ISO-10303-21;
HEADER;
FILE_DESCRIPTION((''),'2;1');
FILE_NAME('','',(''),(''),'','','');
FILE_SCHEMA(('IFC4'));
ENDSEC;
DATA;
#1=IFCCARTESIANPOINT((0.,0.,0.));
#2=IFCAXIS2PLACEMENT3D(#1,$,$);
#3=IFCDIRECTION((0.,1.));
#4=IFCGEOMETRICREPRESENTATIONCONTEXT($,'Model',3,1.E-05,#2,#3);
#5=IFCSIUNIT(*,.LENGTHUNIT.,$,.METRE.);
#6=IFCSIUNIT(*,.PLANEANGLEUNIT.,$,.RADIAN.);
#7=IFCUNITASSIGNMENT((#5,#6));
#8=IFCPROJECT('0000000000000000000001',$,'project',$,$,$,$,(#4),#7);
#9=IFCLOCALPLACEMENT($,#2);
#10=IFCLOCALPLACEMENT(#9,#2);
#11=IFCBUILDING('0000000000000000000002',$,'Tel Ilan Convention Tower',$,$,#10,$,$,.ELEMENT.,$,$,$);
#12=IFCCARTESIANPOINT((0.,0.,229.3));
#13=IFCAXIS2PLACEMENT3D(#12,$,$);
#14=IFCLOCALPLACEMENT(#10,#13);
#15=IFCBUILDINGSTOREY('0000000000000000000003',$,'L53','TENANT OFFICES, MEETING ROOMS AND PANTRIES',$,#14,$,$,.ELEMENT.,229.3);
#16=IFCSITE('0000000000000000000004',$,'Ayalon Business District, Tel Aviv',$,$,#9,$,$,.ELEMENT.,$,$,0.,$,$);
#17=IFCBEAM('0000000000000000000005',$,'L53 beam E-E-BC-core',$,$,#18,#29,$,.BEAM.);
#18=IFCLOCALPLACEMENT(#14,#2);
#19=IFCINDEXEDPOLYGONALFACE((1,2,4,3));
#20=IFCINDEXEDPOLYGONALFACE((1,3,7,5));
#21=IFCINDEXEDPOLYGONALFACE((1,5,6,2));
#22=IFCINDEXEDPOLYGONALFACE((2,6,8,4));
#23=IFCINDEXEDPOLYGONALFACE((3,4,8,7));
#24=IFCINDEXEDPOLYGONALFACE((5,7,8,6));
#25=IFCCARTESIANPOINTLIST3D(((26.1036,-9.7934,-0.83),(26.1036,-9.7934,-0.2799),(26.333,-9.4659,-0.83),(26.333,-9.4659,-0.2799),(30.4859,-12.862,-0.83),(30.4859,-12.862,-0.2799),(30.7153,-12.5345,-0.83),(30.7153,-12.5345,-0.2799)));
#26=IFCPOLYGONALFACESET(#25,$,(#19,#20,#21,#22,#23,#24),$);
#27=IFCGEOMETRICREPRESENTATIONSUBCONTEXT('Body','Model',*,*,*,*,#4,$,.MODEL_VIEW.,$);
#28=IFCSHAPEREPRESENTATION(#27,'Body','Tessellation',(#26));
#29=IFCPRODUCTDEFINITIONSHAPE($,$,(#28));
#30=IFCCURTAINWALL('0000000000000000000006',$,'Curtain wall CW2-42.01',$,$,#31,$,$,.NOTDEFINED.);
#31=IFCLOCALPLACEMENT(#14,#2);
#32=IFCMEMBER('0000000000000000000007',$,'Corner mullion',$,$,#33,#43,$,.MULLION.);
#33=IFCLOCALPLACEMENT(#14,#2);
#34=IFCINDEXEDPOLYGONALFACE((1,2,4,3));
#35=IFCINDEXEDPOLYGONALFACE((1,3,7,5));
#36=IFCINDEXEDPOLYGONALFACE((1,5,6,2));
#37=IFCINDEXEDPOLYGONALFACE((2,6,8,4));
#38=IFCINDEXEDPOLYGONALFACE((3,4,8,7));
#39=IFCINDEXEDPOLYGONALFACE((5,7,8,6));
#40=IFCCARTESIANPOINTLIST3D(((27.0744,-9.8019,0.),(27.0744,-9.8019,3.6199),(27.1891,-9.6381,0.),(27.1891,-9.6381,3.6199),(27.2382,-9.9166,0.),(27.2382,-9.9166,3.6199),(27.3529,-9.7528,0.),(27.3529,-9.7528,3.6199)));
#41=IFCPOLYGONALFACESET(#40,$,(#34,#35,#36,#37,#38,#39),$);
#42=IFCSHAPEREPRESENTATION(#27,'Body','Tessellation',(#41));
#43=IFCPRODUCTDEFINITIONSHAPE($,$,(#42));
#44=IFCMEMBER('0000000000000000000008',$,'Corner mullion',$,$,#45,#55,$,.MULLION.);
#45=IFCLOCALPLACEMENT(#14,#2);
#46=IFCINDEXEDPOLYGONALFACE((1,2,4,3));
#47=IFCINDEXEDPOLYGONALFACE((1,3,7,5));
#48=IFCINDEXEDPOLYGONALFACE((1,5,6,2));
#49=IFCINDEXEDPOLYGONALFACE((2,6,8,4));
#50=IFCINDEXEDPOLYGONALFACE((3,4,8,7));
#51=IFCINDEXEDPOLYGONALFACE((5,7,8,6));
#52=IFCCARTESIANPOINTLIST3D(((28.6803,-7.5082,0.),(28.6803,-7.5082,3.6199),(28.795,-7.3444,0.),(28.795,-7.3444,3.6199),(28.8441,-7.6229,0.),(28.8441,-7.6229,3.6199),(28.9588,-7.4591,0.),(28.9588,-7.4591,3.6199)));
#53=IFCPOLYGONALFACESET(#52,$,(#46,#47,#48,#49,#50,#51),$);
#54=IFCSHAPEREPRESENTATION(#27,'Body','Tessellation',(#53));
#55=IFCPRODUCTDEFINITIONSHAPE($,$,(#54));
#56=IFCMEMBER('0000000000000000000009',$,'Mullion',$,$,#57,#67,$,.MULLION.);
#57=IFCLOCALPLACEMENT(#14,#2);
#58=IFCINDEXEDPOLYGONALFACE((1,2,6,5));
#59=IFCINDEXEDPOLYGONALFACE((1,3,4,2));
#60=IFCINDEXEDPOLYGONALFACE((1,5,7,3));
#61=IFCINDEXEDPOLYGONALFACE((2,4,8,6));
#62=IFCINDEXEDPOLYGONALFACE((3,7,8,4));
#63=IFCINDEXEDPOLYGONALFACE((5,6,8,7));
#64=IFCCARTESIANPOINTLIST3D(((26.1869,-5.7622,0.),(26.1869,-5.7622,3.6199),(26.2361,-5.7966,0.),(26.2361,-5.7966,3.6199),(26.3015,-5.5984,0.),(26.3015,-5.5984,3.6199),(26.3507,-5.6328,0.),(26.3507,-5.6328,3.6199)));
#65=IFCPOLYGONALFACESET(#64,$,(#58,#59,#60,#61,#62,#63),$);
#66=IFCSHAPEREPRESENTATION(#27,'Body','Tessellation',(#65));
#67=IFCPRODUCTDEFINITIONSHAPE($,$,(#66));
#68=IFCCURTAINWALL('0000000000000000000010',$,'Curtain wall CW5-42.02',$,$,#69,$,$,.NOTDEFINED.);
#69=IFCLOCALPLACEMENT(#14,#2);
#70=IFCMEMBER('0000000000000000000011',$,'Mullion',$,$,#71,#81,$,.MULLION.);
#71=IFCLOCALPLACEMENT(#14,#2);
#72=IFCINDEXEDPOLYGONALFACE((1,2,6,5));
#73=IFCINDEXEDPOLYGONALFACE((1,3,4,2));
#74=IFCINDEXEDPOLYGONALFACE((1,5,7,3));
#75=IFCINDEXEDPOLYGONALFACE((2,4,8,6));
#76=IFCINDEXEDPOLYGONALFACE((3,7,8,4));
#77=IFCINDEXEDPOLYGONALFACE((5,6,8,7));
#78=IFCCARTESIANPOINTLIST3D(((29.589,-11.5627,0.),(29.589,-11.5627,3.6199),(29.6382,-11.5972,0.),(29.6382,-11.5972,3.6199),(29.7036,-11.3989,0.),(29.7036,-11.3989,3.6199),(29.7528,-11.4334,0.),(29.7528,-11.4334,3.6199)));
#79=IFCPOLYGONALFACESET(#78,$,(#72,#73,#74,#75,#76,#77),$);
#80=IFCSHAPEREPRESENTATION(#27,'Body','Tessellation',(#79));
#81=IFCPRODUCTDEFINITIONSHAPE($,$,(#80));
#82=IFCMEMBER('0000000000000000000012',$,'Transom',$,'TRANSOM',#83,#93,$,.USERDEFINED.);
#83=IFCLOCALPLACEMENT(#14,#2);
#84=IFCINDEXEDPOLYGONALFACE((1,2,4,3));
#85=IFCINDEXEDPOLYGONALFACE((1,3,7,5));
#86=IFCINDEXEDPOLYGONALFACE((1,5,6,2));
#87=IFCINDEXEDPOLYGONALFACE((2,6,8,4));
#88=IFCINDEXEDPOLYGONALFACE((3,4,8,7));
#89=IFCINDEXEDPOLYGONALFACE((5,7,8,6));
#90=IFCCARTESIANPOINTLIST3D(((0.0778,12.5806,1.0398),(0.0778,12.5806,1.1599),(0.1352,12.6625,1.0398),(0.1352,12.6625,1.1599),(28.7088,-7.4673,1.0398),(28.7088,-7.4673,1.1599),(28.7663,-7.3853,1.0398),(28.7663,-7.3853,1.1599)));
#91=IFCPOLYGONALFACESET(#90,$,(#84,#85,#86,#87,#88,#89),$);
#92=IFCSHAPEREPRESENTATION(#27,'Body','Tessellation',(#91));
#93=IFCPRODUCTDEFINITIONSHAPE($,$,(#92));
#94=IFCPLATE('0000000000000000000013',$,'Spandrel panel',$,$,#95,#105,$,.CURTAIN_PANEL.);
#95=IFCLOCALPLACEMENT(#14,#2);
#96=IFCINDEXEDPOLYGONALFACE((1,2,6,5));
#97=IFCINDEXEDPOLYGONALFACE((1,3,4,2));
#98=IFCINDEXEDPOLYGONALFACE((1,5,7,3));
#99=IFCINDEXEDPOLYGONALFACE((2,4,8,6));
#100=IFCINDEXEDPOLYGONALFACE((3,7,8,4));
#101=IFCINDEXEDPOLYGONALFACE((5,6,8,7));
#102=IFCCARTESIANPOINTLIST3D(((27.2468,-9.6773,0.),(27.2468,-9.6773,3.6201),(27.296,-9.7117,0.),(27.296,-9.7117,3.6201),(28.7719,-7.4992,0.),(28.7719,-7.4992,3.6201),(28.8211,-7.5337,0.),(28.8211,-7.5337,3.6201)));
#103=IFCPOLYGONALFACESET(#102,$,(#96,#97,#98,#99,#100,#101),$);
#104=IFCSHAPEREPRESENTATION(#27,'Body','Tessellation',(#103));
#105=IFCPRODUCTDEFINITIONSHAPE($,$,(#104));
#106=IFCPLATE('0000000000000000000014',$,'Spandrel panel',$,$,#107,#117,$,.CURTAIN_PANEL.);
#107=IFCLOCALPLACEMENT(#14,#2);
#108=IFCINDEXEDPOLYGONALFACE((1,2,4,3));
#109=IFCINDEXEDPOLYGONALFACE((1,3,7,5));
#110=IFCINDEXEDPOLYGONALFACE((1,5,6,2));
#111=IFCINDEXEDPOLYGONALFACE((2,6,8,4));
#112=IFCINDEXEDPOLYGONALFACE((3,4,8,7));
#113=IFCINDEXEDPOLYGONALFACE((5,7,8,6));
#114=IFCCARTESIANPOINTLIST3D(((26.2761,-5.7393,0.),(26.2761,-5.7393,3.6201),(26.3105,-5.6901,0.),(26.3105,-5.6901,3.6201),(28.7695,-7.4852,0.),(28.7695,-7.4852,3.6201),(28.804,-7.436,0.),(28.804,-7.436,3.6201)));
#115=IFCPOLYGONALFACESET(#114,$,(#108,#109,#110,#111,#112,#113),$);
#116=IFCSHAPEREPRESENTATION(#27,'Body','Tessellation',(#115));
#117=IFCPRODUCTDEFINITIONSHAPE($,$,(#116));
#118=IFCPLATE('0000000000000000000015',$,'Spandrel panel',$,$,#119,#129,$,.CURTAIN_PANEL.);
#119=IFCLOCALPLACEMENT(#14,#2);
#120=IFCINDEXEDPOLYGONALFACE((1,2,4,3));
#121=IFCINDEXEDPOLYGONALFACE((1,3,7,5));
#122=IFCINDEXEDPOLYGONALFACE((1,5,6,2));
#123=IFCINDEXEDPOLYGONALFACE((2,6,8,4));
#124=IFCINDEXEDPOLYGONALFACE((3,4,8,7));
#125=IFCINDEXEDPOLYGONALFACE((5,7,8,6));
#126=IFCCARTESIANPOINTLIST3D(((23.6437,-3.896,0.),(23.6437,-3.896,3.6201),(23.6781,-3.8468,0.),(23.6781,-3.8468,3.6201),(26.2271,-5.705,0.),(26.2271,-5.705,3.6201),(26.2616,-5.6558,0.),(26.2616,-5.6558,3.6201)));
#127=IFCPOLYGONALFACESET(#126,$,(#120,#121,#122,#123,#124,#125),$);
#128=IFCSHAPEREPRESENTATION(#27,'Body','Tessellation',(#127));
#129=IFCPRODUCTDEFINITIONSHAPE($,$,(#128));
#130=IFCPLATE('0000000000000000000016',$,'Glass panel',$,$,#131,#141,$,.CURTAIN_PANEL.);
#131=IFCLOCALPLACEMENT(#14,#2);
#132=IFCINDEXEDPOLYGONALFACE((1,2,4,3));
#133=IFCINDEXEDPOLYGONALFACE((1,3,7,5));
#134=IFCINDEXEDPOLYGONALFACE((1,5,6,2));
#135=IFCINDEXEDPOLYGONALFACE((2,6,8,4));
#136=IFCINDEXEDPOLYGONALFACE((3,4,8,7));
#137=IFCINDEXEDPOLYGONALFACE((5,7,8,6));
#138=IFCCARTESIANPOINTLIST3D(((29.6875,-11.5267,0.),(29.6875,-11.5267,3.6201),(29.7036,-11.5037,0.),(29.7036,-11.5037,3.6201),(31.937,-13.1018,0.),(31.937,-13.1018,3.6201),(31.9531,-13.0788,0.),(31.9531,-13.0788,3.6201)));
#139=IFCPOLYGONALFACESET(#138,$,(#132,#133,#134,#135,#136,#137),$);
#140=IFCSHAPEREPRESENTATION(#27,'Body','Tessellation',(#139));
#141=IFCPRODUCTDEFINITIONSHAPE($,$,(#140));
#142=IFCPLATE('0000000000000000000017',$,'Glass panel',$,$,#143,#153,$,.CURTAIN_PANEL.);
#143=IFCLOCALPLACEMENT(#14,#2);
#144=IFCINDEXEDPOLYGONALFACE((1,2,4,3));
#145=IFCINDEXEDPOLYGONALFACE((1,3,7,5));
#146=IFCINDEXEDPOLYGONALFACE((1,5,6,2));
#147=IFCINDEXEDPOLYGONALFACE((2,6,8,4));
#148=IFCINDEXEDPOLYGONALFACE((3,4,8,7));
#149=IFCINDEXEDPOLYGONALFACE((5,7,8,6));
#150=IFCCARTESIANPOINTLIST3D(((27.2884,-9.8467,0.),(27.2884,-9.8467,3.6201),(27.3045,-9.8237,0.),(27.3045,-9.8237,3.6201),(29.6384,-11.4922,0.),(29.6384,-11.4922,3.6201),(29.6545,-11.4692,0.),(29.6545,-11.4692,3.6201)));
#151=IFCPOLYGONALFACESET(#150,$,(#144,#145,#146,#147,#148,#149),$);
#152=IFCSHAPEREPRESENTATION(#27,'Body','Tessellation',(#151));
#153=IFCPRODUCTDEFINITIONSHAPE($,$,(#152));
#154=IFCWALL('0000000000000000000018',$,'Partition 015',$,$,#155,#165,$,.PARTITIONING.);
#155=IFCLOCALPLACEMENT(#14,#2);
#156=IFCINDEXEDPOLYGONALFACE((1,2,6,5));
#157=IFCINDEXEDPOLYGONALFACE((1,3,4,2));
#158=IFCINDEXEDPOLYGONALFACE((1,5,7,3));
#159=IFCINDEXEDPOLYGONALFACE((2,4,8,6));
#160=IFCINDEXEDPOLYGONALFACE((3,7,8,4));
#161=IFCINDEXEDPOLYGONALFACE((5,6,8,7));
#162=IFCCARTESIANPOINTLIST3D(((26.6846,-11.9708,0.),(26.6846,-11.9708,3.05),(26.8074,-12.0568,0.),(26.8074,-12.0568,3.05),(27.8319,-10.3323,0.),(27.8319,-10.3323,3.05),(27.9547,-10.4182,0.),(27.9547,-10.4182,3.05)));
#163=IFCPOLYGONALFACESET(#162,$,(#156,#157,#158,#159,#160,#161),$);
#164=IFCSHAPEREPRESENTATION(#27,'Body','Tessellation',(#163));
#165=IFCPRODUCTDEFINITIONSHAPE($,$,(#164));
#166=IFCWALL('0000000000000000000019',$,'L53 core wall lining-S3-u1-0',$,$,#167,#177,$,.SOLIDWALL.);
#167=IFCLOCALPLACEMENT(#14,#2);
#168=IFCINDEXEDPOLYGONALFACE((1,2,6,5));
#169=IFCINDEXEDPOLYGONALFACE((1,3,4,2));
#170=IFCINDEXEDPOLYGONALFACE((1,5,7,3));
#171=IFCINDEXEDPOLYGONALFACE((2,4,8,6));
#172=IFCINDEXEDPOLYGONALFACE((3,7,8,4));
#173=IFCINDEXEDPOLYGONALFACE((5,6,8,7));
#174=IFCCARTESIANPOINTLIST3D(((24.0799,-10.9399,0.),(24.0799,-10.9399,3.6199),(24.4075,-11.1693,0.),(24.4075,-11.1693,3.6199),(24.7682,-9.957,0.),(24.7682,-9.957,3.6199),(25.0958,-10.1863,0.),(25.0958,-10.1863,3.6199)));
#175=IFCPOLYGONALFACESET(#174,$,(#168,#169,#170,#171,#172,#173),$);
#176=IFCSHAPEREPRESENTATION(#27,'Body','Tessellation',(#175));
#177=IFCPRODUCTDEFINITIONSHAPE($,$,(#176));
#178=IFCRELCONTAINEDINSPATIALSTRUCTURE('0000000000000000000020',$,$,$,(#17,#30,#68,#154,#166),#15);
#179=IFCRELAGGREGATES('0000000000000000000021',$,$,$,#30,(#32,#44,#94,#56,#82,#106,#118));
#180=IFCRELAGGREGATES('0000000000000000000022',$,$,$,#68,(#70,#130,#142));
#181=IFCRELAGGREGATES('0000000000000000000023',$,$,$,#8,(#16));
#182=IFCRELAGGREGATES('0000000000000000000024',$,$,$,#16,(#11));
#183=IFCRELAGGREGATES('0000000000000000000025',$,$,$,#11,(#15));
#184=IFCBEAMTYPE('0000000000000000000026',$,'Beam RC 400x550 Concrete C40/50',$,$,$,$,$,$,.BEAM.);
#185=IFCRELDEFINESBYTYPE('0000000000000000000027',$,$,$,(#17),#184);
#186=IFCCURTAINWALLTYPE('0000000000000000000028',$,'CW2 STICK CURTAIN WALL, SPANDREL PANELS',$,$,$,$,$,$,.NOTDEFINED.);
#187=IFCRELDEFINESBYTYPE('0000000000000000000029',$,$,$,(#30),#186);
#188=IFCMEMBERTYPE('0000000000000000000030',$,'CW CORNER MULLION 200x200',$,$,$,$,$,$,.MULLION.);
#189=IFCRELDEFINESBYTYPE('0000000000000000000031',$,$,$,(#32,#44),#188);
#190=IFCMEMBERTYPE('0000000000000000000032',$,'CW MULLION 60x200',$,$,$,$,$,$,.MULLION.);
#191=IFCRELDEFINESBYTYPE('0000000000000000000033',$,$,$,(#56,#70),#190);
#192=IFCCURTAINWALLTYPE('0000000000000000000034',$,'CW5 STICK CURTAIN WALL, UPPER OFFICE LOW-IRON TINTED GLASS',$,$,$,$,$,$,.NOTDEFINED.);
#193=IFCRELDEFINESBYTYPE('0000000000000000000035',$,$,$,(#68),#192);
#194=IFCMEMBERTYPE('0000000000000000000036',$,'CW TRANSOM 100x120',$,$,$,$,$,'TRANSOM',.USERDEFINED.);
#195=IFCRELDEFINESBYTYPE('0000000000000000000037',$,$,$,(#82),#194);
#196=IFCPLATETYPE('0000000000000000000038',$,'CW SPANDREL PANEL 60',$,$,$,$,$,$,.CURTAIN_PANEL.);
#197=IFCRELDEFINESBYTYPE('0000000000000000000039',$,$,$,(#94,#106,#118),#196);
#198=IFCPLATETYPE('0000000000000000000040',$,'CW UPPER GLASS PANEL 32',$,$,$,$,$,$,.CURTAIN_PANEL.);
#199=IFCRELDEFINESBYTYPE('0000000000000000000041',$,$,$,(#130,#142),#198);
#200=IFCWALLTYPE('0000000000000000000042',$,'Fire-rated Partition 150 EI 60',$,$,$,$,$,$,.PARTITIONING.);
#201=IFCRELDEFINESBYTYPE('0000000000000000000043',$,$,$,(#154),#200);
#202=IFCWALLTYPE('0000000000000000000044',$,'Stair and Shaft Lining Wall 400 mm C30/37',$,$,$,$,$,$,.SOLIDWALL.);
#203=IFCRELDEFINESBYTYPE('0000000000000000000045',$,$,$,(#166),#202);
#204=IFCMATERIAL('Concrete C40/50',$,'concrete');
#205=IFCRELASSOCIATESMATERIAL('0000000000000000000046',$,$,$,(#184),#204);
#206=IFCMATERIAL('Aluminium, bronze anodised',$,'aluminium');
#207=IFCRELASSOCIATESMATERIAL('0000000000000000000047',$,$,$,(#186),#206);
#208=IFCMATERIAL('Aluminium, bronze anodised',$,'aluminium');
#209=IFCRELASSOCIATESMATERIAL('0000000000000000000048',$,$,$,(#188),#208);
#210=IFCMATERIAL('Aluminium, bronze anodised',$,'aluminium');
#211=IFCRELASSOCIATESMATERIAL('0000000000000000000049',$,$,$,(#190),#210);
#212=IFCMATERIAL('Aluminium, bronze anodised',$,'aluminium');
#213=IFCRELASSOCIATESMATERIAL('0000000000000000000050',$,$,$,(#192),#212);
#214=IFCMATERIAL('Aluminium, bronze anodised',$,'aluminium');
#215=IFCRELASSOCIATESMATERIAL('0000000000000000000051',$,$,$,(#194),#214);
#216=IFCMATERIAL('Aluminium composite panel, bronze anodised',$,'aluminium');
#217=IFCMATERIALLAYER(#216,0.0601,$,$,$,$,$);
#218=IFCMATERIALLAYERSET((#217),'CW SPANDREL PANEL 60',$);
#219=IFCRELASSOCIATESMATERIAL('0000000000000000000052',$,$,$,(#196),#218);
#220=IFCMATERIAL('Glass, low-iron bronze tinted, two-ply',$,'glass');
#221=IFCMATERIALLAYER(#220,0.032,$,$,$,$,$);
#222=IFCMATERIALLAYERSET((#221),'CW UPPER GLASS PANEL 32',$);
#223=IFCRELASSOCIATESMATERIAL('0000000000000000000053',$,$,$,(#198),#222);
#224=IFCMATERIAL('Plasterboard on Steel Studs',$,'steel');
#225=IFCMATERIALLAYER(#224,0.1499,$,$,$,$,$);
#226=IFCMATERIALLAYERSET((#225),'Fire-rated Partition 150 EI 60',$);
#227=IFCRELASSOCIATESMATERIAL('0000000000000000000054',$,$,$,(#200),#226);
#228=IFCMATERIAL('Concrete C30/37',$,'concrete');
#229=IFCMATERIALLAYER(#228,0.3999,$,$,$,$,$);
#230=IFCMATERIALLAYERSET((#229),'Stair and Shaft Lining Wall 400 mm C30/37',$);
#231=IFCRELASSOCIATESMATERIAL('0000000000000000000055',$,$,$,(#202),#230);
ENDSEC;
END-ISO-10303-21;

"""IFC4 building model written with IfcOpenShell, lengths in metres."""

from ifc_helpers import new_model, si_unit, direction, frame, frame_2d, origin, origin_2d, place, context, subcontext, project, spatial, rectangle, extrude, material, layer, layer_set, material_profile, profile_set, type_object, element, aggregate, save


model = new_model("IFC4")

# Units and contexts
model_context = context("Model", 3, precision=1e-05, world=origin(), true_north=direction((0.0, 1.0)))
body_context = subcontext(model_context, "Body", "Model", "MODEL_VIEW")
ifc_project = project(units=[si_unit("LENGTHUNIT", "METRE"), si_unit("PLANEANGLEUNIT", "RADIAN")], contexts=[model_context])

# Site, building, storey
site_placement = place(None, origin())
site = spatial("IfcSite", under=ifc_project, at=site_placement, Name="Ayalon Business District, Tel Aviv", CompositionType="ELEMENT", RefElevation=0.0)
building_placement = place(site_placement, origin())
building = spatial("IfcBuilding", under=site, at=building_placement, Name="Tel Ilan Convention Tower", CompositionType="ELEMENT")
storey_placement = place(building_placement, frame((0.0, 0.0, 229.3)))
storey = spatial("IfcBuildingStorey", under=building, at=storey_placement, Name="L53", Description="TENANT OFFICES, MEETING ROOMS AND PANTRIES", CompositionType="ELEMENT", Elevation=229.3)

# Beam
ifc_material_1 = material(Name="Concrete C40/50", Category="concrete")
ifc_material_profile_1 = material_profile(ifc_material_1, rectangle(XDim=0.3999, YDim=0.55, at=origin_2d()), Name="RC 400x550")
ifc_profile_set_1 = profile_set([ifc_material_profile_1], Name="Concrete C40/50")
beam_type = type_object("IfcBeamType", Name="Beam RC 400x550 Concrete C40/50", PredefinedType="BEAM", material=ifc_profile_set_1)
beam_placement = place(storey_placement, frame((30.6006, -12.6982, -0.5549), z_axis=(-0.819146, 0.573585, 0.0), x_axis=(-0.573585, -0.819146, 0.0)))
element("IfcBeam", 1, at=beam_placement, inside=storey, type_object=beam_type, Name="L53 beam E-E-BC-core", PredefinedType="BEAM", context=body_context, shape_type="SweptSolid", body=[
    extrude(rectangle(XDim=0.3999, YDim=0.55, at=origin_2d()), origin(), (0.0, 0.0, 1.0), 5.3499),
])

# Curtain wall, members
ifc_material_2 = material(Name="Aluminium, bronze anodised", Category="aluminium")
curtain_wall_type_1 = type_object("IfcCurtainWallType", Name="CW2 STICK CURTAIN WALL, SPANDREL PANELS", PredefinedType="NOTDEFINED", material=ifc_material_2)
curtain_wall_1_placement = place(storey_placement, origin())
curtain_wall_1 = element("IfcCurtainWall", 2, at=curtain_wall_1_placement, inside=storey, type_object=curtain_wall_type_1, Name="Curtain wall CW2-42.01", PredefinedType="NOTDEFINED")
ifc_material_3 = material(Name="Aluminium, bronze anodised", Category="aluminium")
ifc_material_profile_2 = material_profile(ifc_material_3, rectangle(XDim=0.2, YDim=0.2, at=origin_2d()), Name="CW CORNER MULLION 200x200")
ifc_profile_set_2 = profile_set([ifc_material_profile_2], Name="Aluminium, bronze anodised")
member_type_1 = type_object("IfcMemberType", Name="CW CORNER MULLION 200x200", PredefinedType="MULLION", material=ifc_profile_set_2)
member_1_placement = place(storey_placement, frame((27.2136, -9.7773, 0.0), z_axis=(0.0, 0.0, 1.0), x_axis=(-0.819152, 0.573576, 0.0)))
member_1 = element("IfcMember", 3, at=member_1_placement, type_object=member_type_1, Name="Corner mullion", PredefinedType="MULLION", context=body_context, shape_type="SweptSolid", body=[
    extrude(rectangle(XDim=0.2, YDim=0.2, at=origin_2d()), origin(), (0.0, 0.0, 1.0), 3.6199),
])
member_2_placement = place(storey_placement, frame((28.8196, -7.4836, 0.0), z_axis=(0.0, 0.0, 1.0), x_axis=(0.573576, 0.819152, 0.0)))
member_2 = element("IfcMember", 4, at=member_2_placement, type_object=member_type_1, Name="Corner mullion", PredefinedType="MULLION", context=body_context, shape_type="SweptSolid", body=[
    extrude(rectangle(XDim=0.2, YDim=0.2, at=origin_2d()), origin(), (0.0, 0.0, 1.0), 3.6199),
])
ifc_material_4 = material(Name="Aluminium, bronze anodised", Category="aluminium")
ifc_material_profile_3 = material_profile(ifc_material_4, rectangle(XDim=0.0601, YDim=0.2, at=origin_2d()), Name="CW MULLION 60x200")
ifc_profile_set_3 = profile_set([ifc_material_profile_3], Name="Aluminium, bronze anodised")
member_type_2 = type_object("IfcMemberType", Name="CW MULLION 60x200", PredefinedType="MULLION", material=ifc_profile_set_3)
member_3_placement = place(storey_placement, frame((26.2688, -5.6975, 0.0), z_axis=(0.0, 0.0, 1.0), x_axis=(-0.819152, 0.573576, 0.0)))
member_3 = element("IfcMember", 5, at=member_3_placement, type_object=member_type_2, Name="Mullion", PredefinedType="MULLION", context=body_context, shape_type="SweptSolid", body=[
    extrude(rectangle(XDim=0.0601, YDim=0.2, at=origin_2d()), origin(), (0.0, 0.0, 1.0), 3.6199),
])

# Curtain wall, member
ifc_material_5 = material(Name="Aluminium, bronze anodised", Category="aluminium")
curtain_wall_type_2 = type_object("IfcCurtainWallType", Name="CW5 STICK CURTAIN WALL, UPPER OFFICE LOW-IRON TINTED GLASS", PredefinedType="NOTDEFINED", material=ifc_material_5)
curtain_wall_2_placement = place(storey_placement, origin())
curtain_wall_2 = element("IfcCurtainWall", 6, at=curtain_wall_2_placement, inside=storey, type_object=curtain_wall_type_2, Name="Curtain wall CW5-42.02", PredefinedType="NOTDEFINED")
member_4_placement = place(storey_placement, frame((29.6709, -11.498, 0.0), z_axis=(0.0, 0.0, 1.0), x_axis=(-0.819152, 0.573576, 0.0)))
member_4 = element("IfcMember", 7, at=member_4_placement, type_object=member_type_2, Name="Mullion", PredefinedType="MULLION", context=body_context, shape_type="SweptSolid", body=[
    extrude(rectangle(XDim=0.0601, YDim=0.2, at=origin_2d()), origin(), (0.0, 0.0, 1.0), 3.6199),
])

# Member
ifc_material_6 = material(Name="Aluminium, bronze anodised", Category="aluminium")
ifc_material_profile_4 = material_profile(ifc_material_6, rectangle(XDim=0.1001, YDim=0.1201, at=origin_2d()), Name="CW TRANSOM 100x120")
ifc_profile_set_4 = profile_set([ifc_material_profile_4], Name="Aluminium, bronze anodised")
member_type_3 = type_object("IfcMemberType", Name="CW TRANSOM 100x120", ElementType="TRANSOM", PredefinedType="USERDEFINED", material=ifc_profile_set_4)
member_5_placement = place(storey_placement, frame((28.7375, -7.4263, 1.0999), z_axis=(-0.81915, 0.573579, 0.0), x_axis=(-0.573579, -0.81915, 0.0)))
member_5 = element("IfcMember", 8, at=member_5_placement, type_object=member_type_3, Name="Transom", ObjectType="TRANSOM", PredefinedType="USERDEFINED", context=body_context, shape_type="SweptSolid", body=[
    extrude(rectangle(XDim=0.1001, YDim=0.1201, at=origin_2d()), origin(), (0.0, 0.0, 1.0), 34.9521),
])

# Plates
ifc_material_7 = material(Name="Aluminium composite panel, bronze anodised", Category="aluminium")
ifc_layer_1 = layer(ifc_material_7, 0.0601)
ifc_layer_set_1 = layer_set([ifc_layer_1], Name="CW SPANDREL PANEL 60")
plate_type_1 = type_object("IfcPlateType", Name="CW SPANDREL PANEL 60", PredefinedType="CURTAIN_PANEL", material=ifc_layer_set_1)
plate_1_placement = place(storey_placement, frame((28.0339, -8.6055, 0.0), z_axis=(0.0, 0.0, 1.0), x_axis=(0.573576, 0.819152, 0.0)))
plate_1 = element("IfcPlate", 9, at=plate_1_placement, type_object=plate_type_1, Name="Spandrel panel", PredefinedType="CURTAIN_PANEL", context=body_context, shape_type="SweptSolid", body=[
    extrude(rectangle(XDim=2.6589, YDim=0.0601, at=origin_2d()), origin(), (0.0, 0.0, 1.0), 3.6201),
])
plate_2_placement = place(storey_placement, frame((27.54, -6.5876, 0.0), z_axis=(0.0, 0.0, 1.0), x_axis=(-0.819152, 0.573576, 0.0)))
plate_2 = element("IfcPlate", 10, at=plate_2_placement, type_object=plate_type_1, Name="Spandrel panel", PredefinedType="CURTAIN_PANEL", context=body_context, shape_type="SweptSolid", body=[
    extrude(rectangle(XDim=3.0439, YDim=0.0601, at=origin_2d()), origin(), (0.0, 0.0, 1.0), 3.6201),
])
plate_3_placement = place(storey_placement, frame((24.9526, -4.7759, 0.0), z_axis=(0.0, 0.0, 1.0), x_axis=(-0.819152, 0.573576, 0.0)))
plate_3 = element("IfcPlate", 11, at=plate_3_placement, type_object=plate_type_1, Name="Spandrel panel", PredefinedType="CURTAIN_PANEL", context=body_context, shape_type="SweptSolid", body=[
    extrude(rectangle(XDim=3.1538, YDim=0.0601, at=origin_2d()), origin(), (0.0, 0.0, 1.0), 3.6201),
])
aggregate(curtain_wall_1, [member_1, member_2, plate_1, member_3, member_5, plate_2, plate_3])
ifc_material_8 = material(Name="Glass, low-iron bronze tinted, two-ply", Category="glass")
ifc_layer_2 = layer(ifc_material_8, 0.032)
ifc_layer_set_2 = layer_set([ifc_layer_2], Name="CW UPPER GLASS PANEL 32")
plate_type_2 = type_object("IfcPlateType", Name="CW UPPER GLASS PANEL 32", PredefinedType="CURTAIN_PANEL", material=ifc_layer_set_2)
plate_4_placement = place(storey_placement, frame((30.8203, -12.3027, 0.0), z_axis=(0.0, 0.0, 1.0), x_axis=(-0.819152, 0.573576, 0.0)))
plate_4 = element("IfcPlate", 12, at=plate_4_placement, type_object=plate_type_2, Name="Glass panel", PredefinedType="CURTAIN_PANEL", context=body_context, shape_type="SweptSolid", body=[
    extrude(rectangle(XDim=2.7461, YDim=0.0281, at=origin_2d()), origin(), (0.0, 0.0, 1.0), 3.6201),
])
plate_5_placement = place(storey_placement, frame((28.4714, -10.658, 0.0), z_axis=(0.0, 0.0, 1.0), x_axis=(-0.819152, 0.573576, 0.0)))
plate_5 = element("IfcPlate", 13, at=plate_5_placement, type_object=plate_type_2, Name="Glass panel", PredefinedType="CURTAIN_PANEL", context=body_context, shape_type="SweptSolid", body=[
    extrude(rectangle(XDim=2.8689, YDim=0.0281, at=origin_2d()), origin(), (0.0, 0.0, 1.0), 3.6201),
])
aggregate(curtain_wall_2, [member_4, plate_4, plate_5])

# Walls
ifc_material_9 = material(Name="Plasterboard on Steel Studs", Category="steel")
ifc_layer_3 = layer(ifc_material_9, 0.1499)
ifc_layer_set_3 = layer_set([ifc_layer_3], Name="Fire-rated Partition 150 EI 60")
wall_type_1 = type_object("IfcWallType", Name="Fire-rated Partition 150 EI 60", PredefinedType="PARTITIONING", material=ifc_layer_set_3)
wall_1_placement = place(storey_placement, frame((26.7461, -12.0137, 0.0), z_axis=(0.0, 0.0, 1.0), x_axis=(0.573569, 0.819157, 0.0)))
element("IfcWall", 14, at=wall_1_placement, inside=storey, type_object=wall_type_1, Name="Partition 015", PredefinedType="PARTITIONING", context=body_context, shape_type="SweptSolid", body=[
    extrude(rectangle(XDim=2.0002, YDim=0.1499, at=frame_2d((1.0, 0.0))), origin(), (0.0, 0.0, 1.0), 3.05),
])
ifc_material_10 = material(Name="Concrete C30/37", Category="concrete")
ifc_layer_4 = layer(ifc_material_10, 0.3999)
ifc_layer_set_4 = layer_set([ifc_layer_4], Name="Stair and Shaft Lining Wall 400 mm C30/37")
wall_type_2 = type_object("IfcWallType", Name="Stair and Shaft Lining Wall 400 mm C30/37", PredefinedType="SOLIDWALL", material=ifc_layer_set_4)
wall_2_placement = place(storey_placement, frame((24.2437, -11.0547, 0.0), z_axis=(0.0, 0.0, 1.0), x_axis=(0.573572, 0.819155, 0.0)))
element("IfcWall", 15, at=wall_2_placement, inside=storey, type_object=wall_type_2, Name="L53 core wall lining-S3-u1-0", PredefinedType="SOLIDWALL", context=body_context, shape_type="SweptSolid", body=[
    extrude(rectangle(XDim=1.2, YDim=0.3999, at=frame_2d((0.6001, 0.0))), origin(), (0.0, 0.0, 1.0), 3.6199),
])

save(model, "model.ifc")
